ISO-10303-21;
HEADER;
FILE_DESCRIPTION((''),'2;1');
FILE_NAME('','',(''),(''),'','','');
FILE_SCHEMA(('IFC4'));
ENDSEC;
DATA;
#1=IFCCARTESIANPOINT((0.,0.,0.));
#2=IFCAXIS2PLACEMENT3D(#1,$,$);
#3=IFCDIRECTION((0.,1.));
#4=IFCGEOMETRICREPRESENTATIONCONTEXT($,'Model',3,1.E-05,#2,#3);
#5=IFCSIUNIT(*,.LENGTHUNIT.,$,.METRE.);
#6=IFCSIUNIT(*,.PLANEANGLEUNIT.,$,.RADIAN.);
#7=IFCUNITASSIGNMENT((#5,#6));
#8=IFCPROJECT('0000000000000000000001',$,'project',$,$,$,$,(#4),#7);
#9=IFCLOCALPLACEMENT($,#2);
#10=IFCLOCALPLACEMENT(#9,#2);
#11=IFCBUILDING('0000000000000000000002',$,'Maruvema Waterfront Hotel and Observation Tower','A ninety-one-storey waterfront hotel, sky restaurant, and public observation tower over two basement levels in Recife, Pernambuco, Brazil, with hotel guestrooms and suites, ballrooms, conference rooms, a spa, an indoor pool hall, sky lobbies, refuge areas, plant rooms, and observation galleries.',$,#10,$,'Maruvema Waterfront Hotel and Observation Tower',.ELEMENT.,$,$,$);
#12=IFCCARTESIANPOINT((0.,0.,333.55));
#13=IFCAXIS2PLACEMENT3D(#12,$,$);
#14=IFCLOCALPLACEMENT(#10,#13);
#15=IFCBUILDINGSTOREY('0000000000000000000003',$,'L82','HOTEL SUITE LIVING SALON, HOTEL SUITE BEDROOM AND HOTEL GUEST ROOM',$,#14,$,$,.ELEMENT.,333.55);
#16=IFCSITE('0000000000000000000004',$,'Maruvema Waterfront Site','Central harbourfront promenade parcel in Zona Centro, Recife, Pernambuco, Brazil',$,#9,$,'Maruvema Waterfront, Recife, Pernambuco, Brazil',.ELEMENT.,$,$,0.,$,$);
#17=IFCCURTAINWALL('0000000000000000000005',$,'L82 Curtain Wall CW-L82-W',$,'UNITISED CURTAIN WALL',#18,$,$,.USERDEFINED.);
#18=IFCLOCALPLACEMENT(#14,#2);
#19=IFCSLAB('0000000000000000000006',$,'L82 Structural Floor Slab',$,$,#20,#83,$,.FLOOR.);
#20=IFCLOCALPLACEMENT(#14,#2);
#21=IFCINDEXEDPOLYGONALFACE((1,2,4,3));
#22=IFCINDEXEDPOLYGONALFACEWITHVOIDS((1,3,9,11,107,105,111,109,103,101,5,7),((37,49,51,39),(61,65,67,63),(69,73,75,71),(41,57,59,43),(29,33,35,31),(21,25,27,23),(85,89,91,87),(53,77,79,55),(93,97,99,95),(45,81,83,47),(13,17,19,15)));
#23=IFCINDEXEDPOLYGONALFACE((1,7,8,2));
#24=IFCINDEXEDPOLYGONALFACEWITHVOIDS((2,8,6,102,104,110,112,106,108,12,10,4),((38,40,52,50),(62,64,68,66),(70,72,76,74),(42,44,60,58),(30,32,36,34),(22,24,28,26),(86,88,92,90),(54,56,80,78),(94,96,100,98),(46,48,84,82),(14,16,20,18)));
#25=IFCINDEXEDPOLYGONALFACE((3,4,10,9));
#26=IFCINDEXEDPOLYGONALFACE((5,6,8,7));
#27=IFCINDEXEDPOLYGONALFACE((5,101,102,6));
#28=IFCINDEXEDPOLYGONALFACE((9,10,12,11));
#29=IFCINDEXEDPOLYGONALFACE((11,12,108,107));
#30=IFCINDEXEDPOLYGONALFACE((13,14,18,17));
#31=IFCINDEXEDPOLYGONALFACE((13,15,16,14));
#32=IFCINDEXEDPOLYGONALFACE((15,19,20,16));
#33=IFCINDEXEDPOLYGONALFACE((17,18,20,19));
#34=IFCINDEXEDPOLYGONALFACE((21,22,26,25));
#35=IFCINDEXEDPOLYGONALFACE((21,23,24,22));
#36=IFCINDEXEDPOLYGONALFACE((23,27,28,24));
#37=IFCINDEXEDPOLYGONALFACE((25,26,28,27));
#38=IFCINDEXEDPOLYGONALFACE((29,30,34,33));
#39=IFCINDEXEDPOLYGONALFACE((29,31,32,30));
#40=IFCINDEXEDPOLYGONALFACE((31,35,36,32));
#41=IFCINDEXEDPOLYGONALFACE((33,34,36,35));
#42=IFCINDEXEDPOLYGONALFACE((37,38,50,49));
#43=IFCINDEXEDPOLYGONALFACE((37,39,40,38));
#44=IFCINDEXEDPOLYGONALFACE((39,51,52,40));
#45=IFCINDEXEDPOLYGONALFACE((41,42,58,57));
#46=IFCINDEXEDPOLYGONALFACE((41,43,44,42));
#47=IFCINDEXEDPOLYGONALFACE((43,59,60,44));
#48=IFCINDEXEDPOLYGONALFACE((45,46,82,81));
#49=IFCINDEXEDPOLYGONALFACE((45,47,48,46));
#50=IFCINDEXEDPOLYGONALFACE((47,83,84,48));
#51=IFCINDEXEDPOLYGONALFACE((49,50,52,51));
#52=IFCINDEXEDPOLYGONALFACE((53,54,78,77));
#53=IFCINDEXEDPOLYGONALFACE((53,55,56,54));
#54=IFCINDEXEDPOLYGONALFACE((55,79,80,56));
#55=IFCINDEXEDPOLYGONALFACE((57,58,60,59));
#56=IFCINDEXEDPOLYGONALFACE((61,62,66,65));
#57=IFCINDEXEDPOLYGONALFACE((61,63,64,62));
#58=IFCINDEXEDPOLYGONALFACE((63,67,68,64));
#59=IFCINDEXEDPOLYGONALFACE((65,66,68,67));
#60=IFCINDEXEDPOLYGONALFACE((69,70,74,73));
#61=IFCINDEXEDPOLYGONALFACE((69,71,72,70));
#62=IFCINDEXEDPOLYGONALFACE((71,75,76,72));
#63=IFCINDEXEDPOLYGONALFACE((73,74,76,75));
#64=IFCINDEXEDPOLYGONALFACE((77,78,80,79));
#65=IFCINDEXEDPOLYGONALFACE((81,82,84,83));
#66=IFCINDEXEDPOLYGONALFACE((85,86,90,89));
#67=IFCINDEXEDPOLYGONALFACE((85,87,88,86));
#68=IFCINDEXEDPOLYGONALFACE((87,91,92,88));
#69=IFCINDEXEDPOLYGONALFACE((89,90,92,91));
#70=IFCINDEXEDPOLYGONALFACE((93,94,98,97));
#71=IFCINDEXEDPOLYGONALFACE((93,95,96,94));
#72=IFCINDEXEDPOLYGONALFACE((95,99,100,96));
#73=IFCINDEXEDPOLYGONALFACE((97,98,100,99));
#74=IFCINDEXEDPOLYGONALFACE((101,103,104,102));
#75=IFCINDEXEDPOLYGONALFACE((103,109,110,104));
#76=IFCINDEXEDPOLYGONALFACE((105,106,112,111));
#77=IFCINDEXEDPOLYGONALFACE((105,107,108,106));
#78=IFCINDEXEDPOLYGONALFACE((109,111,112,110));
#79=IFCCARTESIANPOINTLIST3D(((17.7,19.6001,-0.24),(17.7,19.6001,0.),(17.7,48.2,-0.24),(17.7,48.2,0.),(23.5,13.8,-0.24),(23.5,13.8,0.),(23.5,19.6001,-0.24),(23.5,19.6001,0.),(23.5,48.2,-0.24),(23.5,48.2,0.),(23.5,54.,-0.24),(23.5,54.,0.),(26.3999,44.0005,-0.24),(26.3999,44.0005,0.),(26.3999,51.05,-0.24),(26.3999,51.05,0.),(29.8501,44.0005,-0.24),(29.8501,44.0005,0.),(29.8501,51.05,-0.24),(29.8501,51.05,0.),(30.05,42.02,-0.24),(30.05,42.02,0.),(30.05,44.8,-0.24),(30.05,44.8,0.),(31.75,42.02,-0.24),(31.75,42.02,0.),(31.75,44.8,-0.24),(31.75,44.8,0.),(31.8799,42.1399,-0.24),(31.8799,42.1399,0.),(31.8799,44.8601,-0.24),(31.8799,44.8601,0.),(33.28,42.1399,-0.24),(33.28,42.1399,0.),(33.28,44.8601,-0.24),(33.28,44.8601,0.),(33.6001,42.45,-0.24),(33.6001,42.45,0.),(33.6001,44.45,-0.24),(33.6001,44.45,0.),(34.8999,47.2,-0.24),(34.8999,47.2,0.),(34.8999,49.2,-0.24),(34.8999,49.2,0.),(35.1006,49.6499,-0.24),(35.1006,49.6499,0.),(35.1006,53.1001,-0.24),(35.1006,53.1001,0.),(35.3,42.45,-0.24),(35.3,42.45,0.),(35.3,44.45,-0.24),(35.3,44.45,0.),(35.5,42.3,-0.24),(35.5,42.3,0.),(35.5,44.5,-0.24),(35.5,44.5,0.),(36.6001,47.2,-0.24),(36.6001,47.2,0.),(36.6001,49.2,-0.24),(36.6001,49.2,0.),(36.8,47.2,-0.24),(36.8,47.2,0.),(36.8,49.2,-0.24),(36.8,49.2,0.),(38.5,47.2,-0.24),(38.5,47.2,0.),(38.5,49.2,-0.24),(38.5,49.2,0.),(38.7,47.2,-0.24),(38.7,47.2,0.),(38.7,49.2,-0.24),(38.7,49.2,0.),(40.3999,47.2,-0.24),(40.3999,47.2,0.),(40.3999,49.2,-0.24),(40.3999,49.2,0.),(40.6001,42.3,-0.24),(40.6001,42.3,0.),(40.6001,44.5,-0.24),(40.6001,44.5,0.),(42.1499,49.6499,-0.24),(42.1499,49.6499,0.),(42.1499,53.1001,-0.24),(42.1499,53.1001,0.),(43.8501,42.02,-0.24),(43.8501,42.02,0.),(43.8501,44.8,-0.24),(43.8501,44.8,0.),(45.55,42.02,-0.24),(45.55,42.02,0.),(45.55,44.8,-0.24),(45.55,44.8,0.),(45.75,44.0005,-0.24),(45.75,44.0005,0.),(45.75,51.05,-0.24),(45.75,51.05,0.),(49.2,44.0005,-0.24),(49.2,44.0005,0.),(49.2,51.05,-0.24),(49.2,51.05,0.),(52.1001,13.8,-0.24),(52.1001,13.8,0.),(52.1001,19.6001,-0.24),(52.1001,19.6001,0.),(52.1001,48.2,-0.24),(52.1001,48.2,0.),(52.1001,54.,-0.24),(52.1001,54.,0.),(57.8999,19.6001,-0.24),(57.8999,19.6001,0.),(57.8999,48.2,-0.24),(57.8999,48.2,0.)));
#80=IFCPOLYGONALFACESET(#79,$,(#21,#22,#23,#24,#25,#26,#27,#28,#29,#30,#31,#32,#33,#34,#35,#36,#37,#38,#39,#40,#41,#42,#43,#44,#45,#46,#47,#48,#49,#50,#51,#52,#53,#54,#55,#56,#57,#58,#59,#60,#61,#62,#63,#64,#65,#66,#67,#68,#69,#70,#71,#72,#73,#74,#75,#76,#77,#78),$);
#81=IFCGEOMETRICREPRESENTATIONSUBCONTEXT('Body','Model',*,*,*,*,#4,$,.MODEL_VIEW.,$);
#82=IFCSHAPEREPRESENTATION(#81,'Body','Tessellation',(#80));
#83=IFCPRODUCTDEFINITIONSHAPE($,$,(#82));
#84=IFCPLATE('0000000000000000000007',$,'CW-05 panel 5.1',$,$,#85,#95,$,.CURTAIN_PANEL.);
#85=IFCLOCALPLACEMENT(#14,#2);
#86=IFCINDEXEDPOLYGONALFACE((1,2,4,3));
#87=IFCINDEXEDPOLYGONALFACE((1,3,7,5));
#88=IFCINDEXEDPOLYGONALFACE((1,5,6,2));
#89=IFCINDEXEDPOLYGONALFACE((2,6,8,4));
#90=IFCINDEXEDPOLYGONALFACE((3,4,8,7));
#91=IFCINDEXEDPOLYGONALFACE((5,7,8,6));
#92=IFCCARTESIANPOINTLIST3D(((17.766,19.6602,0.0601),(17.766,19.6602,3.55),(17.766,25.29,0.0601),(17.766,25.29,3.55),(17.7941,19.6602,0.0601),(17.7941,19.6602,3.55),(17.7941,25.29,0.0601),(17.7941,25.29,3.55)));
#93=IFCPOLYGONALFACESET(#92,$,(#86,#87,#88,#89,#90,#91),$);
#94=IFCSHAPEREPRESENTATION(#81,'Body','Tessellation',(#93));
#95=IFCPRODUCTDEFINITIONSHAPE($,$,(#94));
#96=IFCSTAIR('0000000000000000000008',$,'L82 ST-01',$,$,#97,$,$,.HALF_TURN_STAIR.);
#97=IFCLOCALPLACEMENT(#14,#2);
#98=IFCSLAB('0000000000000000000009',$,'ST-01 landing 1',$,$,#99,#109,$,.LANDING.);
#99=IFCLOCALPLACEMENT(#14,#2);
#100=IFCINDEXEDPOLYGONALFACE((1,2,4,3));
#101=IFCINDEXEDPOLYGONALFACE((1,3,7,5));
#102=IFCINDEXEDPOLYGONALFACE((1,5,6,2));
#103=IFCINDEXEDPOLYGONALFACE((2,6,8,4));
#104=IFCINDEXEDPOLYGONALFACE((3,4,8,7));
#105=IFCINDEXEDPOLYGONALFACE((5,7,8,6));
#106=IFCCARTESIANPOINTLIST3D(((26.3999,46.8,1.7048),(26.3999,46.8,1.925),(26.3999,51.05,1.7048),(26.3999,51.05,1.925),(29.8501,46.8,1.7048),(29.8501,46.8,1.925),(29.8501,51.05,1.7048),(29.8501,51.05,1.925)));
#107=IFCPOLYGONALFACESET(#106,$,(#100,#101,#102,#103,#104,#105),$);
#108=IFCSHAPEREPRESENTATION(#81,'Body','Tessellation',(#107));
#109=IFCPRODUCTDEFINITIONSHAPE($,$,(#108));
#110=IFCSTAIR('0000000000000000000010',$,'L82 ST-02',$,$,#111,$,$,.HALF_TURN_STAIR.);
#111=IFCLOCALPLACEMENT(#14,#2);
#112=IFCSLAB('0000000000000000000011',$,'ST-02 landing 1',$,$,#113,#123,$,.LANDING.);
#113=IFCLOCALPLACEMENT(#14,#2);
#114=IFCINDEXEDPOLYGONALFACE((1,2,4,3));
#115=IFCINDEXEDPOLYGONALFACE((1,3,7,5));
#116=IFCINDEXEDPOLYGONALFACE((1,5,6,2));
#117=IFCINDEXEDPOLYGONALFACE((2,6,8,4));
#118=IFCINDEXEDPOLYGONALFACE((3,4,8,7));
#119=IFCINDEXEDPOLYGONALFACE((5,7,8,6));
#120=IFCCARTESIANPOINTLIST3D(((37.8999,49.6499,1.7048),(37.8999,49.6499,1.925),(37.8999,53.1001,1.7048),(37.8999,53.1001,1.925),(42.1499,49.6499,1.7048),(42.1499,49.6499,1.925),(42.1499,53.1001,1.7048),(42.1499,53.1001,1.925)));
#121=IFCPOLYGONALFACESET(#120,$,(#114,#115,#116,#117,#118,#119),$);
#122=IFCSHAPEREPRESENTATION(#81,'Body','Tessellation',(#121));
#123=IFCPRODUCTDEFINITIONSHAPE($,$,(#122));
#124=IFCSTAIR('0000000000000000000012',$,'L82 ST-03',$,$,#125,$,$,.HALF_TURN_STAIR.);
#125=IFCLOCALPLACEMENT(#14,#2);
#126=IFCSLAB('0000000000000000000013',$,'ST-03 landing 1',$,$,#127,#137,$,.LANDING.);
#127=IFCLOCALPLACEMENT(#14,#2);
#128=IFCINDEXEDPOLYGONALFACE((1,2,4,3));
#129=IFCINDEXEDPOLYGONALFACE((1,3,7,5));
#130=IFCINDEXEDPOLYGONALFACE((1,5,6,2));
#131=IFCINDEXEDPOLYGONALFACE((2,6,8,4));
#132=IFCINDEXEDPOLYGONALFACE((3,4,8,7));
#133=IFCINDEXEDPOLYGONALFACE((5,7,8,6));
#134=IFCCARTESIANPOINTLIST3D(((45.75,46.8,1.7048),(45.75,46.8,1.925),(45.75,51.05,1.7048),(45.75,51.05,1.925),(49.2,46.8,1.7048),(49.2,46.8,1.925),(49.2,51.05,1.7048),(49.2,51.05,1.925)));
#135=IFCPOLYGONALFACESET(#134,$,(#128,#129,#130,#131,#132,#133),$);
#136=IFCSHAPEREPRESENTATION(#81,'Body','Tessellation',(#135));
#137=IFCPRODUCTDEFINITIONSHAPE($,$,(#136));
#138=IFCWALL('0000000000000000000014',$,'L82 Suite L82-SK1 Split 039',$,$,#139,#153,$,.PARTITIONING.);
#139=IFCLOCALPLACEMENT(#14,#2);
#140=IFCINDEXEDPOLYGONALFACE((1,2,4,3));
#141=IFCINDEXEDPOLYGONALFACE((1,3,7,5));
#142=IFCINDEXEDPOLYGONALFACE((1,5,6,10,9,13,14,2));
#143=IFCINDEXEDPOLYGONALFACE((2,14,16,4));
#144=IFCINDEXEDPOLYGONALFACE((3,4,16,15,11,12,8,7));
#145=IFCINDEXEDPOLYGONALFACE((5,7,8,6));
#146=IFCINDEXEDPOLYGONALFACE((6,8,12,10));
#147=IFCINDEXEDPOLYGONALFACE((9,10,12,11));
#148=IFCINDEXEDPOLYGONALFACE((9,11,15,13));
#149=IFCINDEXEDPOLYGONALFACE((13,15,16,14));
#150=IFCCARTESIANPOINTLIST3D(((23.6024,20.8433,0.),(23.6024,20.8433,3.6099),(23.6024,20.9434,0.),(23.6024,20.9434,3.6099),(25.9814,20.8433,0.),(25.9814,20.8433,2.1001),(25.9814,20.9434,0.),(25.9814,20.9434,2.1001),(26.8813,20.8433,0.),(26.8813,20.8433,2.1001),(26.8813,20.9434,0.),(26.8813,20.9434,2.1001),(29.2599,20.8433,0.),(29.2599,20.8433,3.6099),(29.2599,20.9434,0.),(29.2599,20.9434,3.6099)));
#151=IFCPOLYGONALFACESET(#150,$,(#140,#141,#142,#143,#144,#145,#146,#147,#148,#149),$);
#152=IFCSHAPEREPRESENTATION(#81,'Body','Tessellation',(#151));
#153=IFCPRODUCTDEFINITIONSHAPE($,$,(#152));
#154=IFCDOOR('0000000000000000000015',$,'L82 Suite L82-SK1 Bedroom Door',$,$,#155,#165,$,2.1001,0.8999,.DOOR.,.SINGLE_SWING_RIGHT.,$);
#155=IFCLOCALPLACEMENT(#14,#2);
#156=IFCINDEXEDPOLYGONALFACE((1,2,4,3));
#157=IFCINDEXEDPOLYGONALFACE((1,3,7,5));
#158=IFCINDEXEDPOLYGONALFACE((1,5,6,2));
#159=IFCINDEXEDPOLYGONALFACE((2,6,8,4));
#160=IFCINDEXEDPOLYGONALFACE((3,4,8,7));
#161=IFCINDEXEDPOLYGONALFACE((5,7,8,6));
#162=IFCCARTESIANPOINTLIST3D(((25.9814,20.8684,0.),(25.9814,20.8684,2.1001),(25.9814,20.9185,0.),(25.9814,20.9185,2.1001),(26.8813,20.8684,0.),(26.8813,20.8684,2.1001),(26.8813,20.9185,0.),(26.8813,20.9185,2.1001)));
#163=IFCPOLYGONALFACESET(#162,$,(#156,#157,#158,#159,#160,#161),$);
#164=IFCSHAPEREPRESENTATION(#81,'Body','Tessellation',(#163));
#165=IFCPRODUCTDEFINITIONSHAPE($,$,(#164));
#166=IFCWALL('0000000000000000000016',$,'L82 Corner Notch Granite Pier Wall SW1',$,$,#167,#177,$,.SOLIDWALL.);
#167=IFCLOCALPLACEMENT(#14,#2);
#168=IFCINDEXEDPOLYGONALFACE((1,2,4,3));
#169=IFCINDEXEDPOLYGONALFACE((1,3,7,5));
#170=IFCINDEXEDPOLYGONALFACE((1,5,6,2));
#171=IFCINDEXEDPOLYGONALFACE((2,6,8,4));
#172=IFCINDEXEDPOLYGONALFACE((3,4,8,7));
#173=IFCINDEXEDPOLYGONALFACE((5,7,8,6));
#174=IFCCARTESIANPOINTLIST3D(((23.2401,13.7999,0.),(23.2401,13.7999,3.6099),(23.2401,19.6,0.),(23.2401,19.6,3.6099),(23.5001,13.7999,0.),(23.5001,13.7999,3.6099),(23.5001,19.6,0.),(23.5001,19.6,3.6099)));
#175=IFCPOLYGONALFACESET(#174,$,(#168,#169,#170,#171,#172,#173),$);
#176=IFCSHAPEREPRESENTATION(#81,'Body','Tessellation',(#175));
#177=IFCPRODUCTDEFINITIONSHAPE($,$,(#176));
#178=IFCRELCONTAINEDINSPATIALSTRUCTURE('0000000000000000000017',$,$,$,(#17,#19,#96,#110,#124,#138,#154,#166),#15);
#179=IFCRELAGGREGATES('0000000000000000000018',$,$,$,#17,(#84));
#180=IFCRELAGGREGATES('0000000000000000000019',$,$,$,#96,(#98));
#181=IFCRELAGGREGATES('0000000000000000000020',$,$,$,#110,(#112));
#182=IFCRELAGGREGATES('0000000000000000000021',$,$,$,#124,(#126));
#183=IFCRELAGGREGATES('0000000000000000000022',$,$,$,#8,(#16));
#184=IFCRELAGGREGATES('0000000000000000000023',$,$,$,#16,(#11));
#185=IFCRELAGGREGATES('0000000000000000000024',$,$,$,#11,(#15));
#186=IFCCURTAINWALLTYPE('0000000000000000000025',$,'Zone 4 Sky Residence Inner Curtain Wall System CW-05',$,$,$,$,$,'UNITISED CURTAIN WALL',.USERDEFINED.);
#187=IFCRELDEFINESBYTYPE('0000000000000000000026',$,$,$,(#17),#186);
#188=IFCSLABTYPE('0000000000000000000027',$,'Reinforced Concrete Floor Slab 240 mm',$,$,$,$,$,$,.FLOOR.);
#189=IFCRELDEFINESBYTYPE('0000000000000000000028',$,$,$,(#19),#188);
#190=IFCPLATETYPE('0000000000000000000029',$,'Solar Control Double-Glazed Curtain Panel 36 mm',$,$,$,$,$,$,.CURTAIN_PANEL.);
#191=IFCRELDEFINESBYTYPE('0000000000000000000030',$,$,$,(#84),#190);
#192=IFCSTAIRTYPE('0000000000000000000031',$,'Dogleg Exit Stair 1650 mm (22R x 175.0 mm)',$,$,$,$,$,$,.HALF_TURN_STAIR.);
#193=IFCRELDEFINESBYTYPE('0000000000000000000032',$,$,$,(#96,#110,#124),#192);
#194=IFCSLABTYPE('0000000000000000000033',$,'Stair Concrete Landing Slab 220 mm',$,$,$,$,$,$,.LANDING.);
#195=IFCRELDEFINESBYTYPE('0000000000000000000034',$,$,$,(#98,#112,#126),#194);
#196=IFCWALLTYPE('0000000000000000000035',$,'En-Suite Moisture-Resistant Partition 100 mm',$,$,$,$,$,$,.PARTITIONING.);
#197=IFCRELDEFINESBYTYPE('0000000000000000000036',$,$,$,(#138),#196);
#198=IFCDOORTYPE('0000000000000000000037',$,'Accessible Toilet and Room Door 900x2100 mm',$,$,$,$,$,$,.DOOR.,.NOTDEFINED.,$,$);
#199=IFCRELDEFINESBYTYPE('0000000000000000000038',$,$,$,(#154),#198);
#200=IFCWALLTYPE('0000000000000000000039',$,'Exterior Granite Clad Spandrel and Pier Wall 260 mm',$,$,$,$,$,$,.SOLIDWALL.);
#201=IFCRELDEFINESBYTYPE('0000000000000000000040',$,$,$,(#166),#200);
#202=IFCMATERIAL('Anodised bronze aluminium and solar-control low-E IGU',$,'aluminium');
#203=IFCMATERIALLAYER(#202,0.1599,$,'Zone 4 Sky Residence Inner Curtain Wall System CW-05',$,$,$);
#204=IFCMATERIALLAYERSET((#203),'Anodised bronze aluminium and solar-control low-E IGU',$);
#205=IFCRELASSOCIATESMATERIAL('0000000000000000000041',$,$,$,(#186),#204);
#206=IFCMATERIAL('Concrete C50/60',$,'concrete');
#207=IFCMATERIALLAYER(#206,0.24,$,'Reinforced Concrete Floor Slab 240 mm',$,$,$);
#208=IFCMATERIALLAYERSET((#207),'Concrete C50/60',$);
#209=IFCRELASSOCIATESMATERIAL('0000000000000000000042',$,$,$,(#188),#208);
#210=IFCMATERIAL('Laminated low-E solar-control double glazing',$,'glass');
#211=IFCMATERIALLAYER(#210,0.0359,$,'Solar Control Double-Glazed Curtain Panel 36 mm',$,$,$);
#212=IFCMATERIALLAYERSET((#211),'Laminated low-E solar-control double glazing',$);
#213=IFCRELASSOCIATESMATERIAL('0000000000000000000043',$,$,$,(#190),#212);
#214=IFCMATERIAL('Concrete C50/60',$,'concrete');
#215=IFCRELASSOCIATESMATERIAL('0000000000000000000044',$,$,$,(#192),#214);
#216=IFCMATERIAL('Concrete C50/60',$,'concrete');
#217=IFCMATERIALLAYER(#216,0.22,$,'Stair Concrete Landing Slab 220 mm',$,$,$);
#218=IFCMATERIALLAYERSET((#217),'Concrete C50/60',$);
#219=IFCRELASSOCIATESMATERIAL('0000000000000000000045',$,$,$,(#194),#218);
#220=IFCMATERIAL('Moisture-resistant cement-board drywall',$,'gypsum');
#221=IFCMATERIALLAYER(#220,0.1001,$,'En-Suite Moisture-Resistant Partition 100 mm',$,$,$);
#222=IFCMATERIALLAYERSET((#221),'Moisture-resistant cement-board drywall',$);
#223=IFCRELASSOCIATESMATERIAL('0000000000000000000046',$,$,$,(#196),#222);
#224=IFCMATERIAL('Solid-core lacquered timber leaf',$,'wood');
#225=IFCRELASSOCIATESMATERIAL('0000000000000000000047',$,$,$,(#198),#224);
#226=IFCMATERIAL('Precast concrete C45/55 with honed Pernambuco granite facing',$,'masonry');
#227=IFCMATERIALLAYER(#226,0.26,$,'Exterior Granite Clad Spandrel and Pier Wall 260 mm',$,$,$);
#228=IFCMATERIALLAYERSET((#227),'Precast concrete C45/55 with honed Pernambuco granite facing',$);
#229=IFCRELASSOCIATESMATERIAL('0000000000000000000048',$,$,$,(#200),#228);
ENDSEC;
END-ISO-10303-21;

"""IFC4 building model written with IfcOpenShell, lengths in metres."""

from ifc_helpers import new_model, si_unit, direction, frame, frame_2d, origin, origin_2d, place, context, subcontext, project, spatial, polyline, rectangle, outline, extrude, material, layer, layer_set, type_object, element, fill, aggregate, save


model = new_model("IFC4")

# Units and contexts
model_context = context("Model", 3, precision=1e-05, world=origin(), true_north=direction((0.0, 1.0)))
body_context = subcontext(model_context, "Body", "Model", "MODEL_VIEW")
ifc_project = project(units=[si_unit("LENGTHUNIT", "METRE"), si_unit("PLANEANGLEUNIT", "RADIAN")], contexts=[model_context])

# Site, building, storey
site_placement = place(None, origin())
site = spatial("IfcSite", under=ifc_project, at=site_placement, Name="Maruvema Waterfront Site", Description="Central harbourfront promenade parcel in Zona Centro, Recife, Pernambuco, Brazil", LongName="Maruvema Waterfront, Recife, Pernambuco, Brazil", CompositionType="ELEMENT", RefElevation=0.0)
building_placement = place(site_placement, origin())
building = spatial("IfcBuilding", under=site, at=building_placement, Name="Maruvema Waterfront Hotel and Observation Tower", Description="A ninety-one-storey waterfront hotel, sky restaurant, and public observation tower over two basement levels in Recife, Pernambuco, Brazil, with hotel guestrooms and suites, ballrooms, conference rooms, a spa, an indoor pool hall, sky lobbies, refuge areas, plant rooms, and observation galleries.", LongName="Maruvema Waterfront Hotel and Observation Tower", CompositionType="ELEMENT")
storey_placement = place(building_placement, frame((0.0, 0.0, 333.55)))
storey = spatial("IfcBuildingStorey", under=building, at=storey_placement, Name="L82", Description="HOTEL SUITE LIVING SALON, HOTEL SUITE BEDROOM AND HOTEL GUEST ROOM", CompositionType="ELEMENT", Elevation=333.55)

# Curtain wall
ifc_material_1 = material(Name="Anodised bronze aluminium and solar-control low-E IGU", Category="aluminium")
ifc_layer_1 = layer(ifc_material_1, 0.1599, Name="Zone 4 Sky Residence Inner Curtain Wall System CW-05")
ifc_layer_set_1 = layer_set([ifc_layer_1], Name="Anodised bronze aluminium and solar-control low-E IGU")
curtain_wall_type = type_object("IfcCurtainWallType", Name="Zone 4 Sky Residence Inner Curtain Wall System CW-05", ElementType="UNITISED CURTAIN WALL", PredefinedType="USERDEFINED", material=ifc_layer_set_1)
curtain_wall_1_placement = place(storey_placement, origin())
curtain_wall_1 = element("IfcCurtainWall", 1, at=curtain_wall_1_placement, inside=storey, type_object=curtain_wall_type, Name="L82 Curtain Wall CW-L82-W", ObjectType="UNITISED CURTAIN WALL", PredefinedType="USERDEFINED")

# Slab
ifc_material_2 = material(Name="Concrete C50/60", Category="concrete")
ifc_layer_2 = layer(ifc_material_2, 0.24, Name="Reinforced Concrete Floor Slab 240 mm")
ifc_layer_set_2 = layer_set([ifc_layer_2], Name="Concrete C50/60")
slab_type_1 = type_object("IfcSlabType", Name="Reinforced Concrete Floor Slab 240 mm", PredefinedType="FLOOR", material=ifc_layer_set_2)
slab_1_placement = place(storey_placement, frame((0.0, 0.0, -0.24)))
element("IfcSlab", 2, at=slab_1_placement, inside=storey, type_object=slab_type_1, Name="L82 Structural Floor Slab", PredefinedType="FLOOR", context=body_context, shape_type="SweptSolid", body=[
    extrude(outline(polyline([(23.5, 13.8), (52.1001, 13.8), (52.1001, 19.6001), (57.8999, 19.6001), (57.8999, 48.2), (52.1001, 48.2), (52.1001, 54.0), (23.5, 54.0), (23.5, 48.2), (17.7, 48.2), (17.7, 19.6001), (23.5, 19.6001), (23.5, 13.8)]), holes=[polyline([(26.3999, 44.0005), (26.3999, 51.05), (29.8501, 51.05), (29.8501, 44.0005), (26.3999, 44.0005)]), polyline([(30.05, 44.8), (31.75, 44.8), (31.75, 42.02), (30.05, 42.02), (30.05, 44.8)]), polyline([(31.8799, 42.1399), (31.8799, 44.8601), (33.28, 44.8601), (33.28, 42.1399), (31.8799, 42.1399)]), polyline([(33.6001, 44.45), (35.3, 44.45), (35.3, 42.45), (33.6001, 42.45), (33.6001, 44.45)]), polyline([(34.8999, 49.2), (36.6001, 49.2), (36.6001, 47.2), (34.8999, 47.2), (34.8999, 49.2)]), polyline([(36.8, 47.2), (36.8, 49.2), (38.5, 49.2), (38.5, 47.2), (36.8, 47.2)]), polyline([(35.5, 42.3), (35.5, 44.5), (40.6001, 44.5), (40.6001, 42.3), (35.5, 42.3)]), polyline([(35.1006, 53.1001), (42.1499, 53.1001), (42.1499, 49.6499), (35.1006, 49.6499), (35.1006, 53.1001)]), polyline([(38.7, 49.2), (40.3999, 49.2), (40.3999, 47.2), (38.7, 47.2), (38.7, 49.2)]), polyline([(43.8501, 44.8), (45.55, 44.8), (45.55, 42.02), (43.8501, 42.02), (43.8501, 44.8)]), polyline([(45.75, 44.0005), (45.75, 51.05), (49.2, 51.05), (49.2, 44.0005), (45.75, 44.0005)])]), origin(), (0.0, 0.0, 1.0), 0.24),
])

# Plate
ifc_material_3 = material(Name="Laminated low-E solar-control double glazing", Category="glass")
ifc_layer_3 = layer(ifc_material_3, 0.0359, Name="Solar Control Double-Glazed Curtain Panel 36 mm")
ifc_layer_set_3 = layer_set([ifc_layer_3], Name="Laminated low-E solar-control double glazing")
plate_type = type_object("IfcPlateType", Name="Solar Control Double-Glazed Curtain Panel 36 mm", PredefinedType="CURTAIN_PANEL", material=ifc_layer_set_3)
plate_placement = place(storey_placement, frame((17.78, 22.4751, 0.0601), z_axis=(0.0, 0.0, 1.0), x_axis=(0.0, -1.0, 0.0)))
plate = element("IfcPlate", 3, at=plate_placement, type_object=plate_type, Name="CW-05 panel 5.1", PredefinedType="CURTAIN_PANEL", context=body_context, shape_type="SweptSolid", body=[
    extrude(rectangle(XDim=5.6299, YDim=0.0281, at=origin_2d()), origin(), (0.0, 0.0, 1.0), 3.49),
])
aggregate(curtain_wall_1, [plate])

# Stairs, slabs
ifc_material_4 = material(Name="Concrete C50/60", Category="concrete")
stair_type = type_object("IfcStairType", Name="Dogleg Exit Stair 1650 mm (22R x 175.0 mm)", PredefinedType="HALF_TURN_STAIR", material=ifc_material_4)
stair_1_placement = place(storey_placement, origin())
stair_1 = element("IfcStair", 4, at=stair_1_placement, inside=storey, type_object=stair_type, Name="L82 ST-01", PredefinedType="HALF_TURN_STAIR")
ifc_material_5 = material(Name="Concrete C50/60", Category="concrete")
ifc_layer_4 = layer(ifc_material_5, 0.22, Name="Stair Concrete Landing Slab 220 mm")
ifc_layer_set_4 = layer_set([ifc_layer_4], Name="Concrete C50/60")
slab_type_2 = type_object("IfcSlabType", Name="Stair Concrete Landing Slab 220 mm", PredefinedType="LANDING", material=ifc_layer_set_4)
slab_2_placement = place(storey_placement, frame((0.0, 0.0, 1.7048)))
slab_2 = element("IfcSlab", 5, at=slab_2_placement, type_object=slab_type_2, Name="ST-01 landing 1", PredefinedType="LANDING", context=body_context, shape_type="SweptSolid", body=[
    extrude(outline(polyline([(29.8501, 46.8), (29.8501, 51.05), (26.3999, 51.05), (26.3999, 46.8), (29.8501, 46.8)])), origin(), (0.0, 0.0, 1.0), 0.2202),
])
aggregate(stair_1, [slab_2])
stair_2_placement = place(storey_placement, origin())
stair_2 = element("IfcStair", 6, at=stair_2_placement, inside=storey, type_object=stair_type, Name="L82 ST-02", PredefinedType="HALF_TURN_STAIR")
slab_3_placement = place(storey_placement, frame((0.0, 0.0, 1.7048)))
slab_3 = element("IfcSlab", 7, at=slab_3_placement, type_object=slab_type_2, Name="ST-02 landing 1", PredefinedType="LANDING", context=body_context, shape_type="SweptSolid", body=[
    extrude(outline(polyline([(37.8999, 49.6499), (42.1499, 49.6499), (42.1499, 53.1001), (37.8999, 53.1001), (37.8999, 49.6499)])), origin(), (0.0, 0.0, 1.0), 0.2202),
])
aggregate(stair_2, [slab_3])
stair_3_placement = place(storey_placement, origin())
stair_3 = element("IfcStair", 8, at=stair_3_placement, inside=storey, type_object=stair_type, Name="L82 ST-03", PredefinedType="HALF_TURN_STAIR")
slab_4_placement = place(storey_placement, frame((0.0, 0.0, 1.7048)))
slab_4 = element("IfcSlab", 9, at=slab_4_placement, type_object=slab_type_2, Name="ST-03 landing 1", PredefinedType="LANDING", context=body_context, shape_type="SweptSolid", body=[
    extrude(outline(polyline([(49.2, 46.8), (49.2, 51.05), (45.75, 51.05), (45.75, 46.8), (49.2, 46.8)])), origin(), (0.0, 0.0, 1.0), 0.2202),
])
aggregate(stair_3, [slab_4])

# Wall, opening, door
ifc_material_6 = material(Name="Moisture-resistant cement-board drywall", Category="gypsum")
ifc_layer_5 = layer(ifc_material_6, 0.1001, Name="En-Suite Moisture-Resistant Partition 100 mm")
ifc_layer_set_5 = layer_set([ifc_layer_5], Name="Moisture-resistant cement-board drywall")
wall_type_1 = type_object("IfcWallType", Name="En-Suite Moisture-Resistant Partition 100 mm", PredefinedType="PARTITIONING", material=ifc_layer_set_5)
wall_1_placement = place(storey_placement, frame((23.6025, 20.8933, 0.0), z_axis=(0.0, 0.0, 1.0), x_axis=(1.0, 0.0, 0.0)))
wall_1 = element("IfcWall", 10, at=wall_1_placement, inside=storey, type_object=wall_type_1, Name="L82 Suite L82-SK1 Split 039", PredefinedType="PARTITIONING", context=body_context, shape_type="SweptSolid", body=[
    extrude(rectangle(XDim=5.6575, YDim=0.1001, at=frame_2d((2.8286, 0.0))), origin(), (0.0, 0.0, 1.0), 3.6099),
])
opening_1_placement = place(wall_1_placement, frame((2.3789, 0.0, 0.0)))
opening_1 = element("IfcOpeningElement", 11, at=opening_1_placement, cuts=wall_1, PredefinedType="OPENING", context=body_context, shape_type="SweptSolid", body=[
    extrude(rectangle(XDim=0.8999, YDim=2.1001, at=frame_2d((0.45, 1.05))), frame((0.0, 0.0601, 0.0), z_axis=(0.0, -1.0, 0.0), x_axis=(1.0, 0.0, 0.0)), (0.0, 0.0, 1.0), 0.1201),
])
ifc_material_7 = material(Name="Solid-core lacquered timber leaf", Category="wood")
door_type = type_object("IfcDoorType", Name="Accessible Toilet and Room Door 900x2100 mm", OperationType="NOTDEFINED", PredefinedType="DOOR", material=ifc_material_7)
door_placement = place(opening_1_placement, frame((0.8999, 0.0, 0.0), z_axis=(0.0, 0.0, 1.0), x_axis=(-1.0, 0.0, 0.0)))
door = element("IfcDoor", 12, at=door_placement, inside=storey, type_object=door_type, Name="L82 Suite L82-SK1 Bedroom Door", OperationType="SINGLE_SWING_RIGHT", OverallHeight=2.1001, OverallWidth=0.8999, PredefinedType="DOOR", context=body_context, shape_type="SweptSolid", body=[
    extrude(rectangle(XDim=0.8999, YDim=2.1001, at=frame_2d((0.45, 1.05))), frame((0.0, 0.0249, 0.0), z_axis=(0.0, -1.0, 0.0), x_axis=(1.0, 0.0, 0.0)), (0.0, 0.0, 1.0), 0.05),
])
fill(opening_1, door)

# Wall
ifc_material_8 = material(Name="Precast concrete C45/55 with honed Pernambuco granite facing", Category="masonry")
ifc_layer_6 = layer(ifc_material_8, 0.26, Name="Exterior Granite Clad Spandrel and Pier Wall 260 mm")
ifc_layer_set_6 = layer_set([ifc_layer_6], Name="Precast concrete C45/55 with honed Pernambuco granite facing")
wall_type_2 = type_object("IfcWallType", Name="Exterior Granite Clad Spandrel and Pier Wall 260 mm", PredefinedType="SOLIDWALL", material=ifc_layer_set_6)
wall_2_placement = place(storey_placement, frame((23.3701, 13.8, 0.0), z_axis=(0.0, 0.0, 1.0), x_axis=(0.0, 1.0, 0.0)))
element("IfcWall", 13, at=wall_2_placement, inside=storey, type_object=wall_type_2, Name="L82 Corner Notch Granite Pier Wall SW1", PredefinedType="SOLIDWALL", context=body_context, shape_type="SweptSolid", body=[
    extrude(rectangle(XDim=5.8, YDim=0.26, at=frame_2d((2.8999, 0.0))), origin(), (0.0, 0.0, 1.0), 3.6099),
])

save(model, "model.ifc")
